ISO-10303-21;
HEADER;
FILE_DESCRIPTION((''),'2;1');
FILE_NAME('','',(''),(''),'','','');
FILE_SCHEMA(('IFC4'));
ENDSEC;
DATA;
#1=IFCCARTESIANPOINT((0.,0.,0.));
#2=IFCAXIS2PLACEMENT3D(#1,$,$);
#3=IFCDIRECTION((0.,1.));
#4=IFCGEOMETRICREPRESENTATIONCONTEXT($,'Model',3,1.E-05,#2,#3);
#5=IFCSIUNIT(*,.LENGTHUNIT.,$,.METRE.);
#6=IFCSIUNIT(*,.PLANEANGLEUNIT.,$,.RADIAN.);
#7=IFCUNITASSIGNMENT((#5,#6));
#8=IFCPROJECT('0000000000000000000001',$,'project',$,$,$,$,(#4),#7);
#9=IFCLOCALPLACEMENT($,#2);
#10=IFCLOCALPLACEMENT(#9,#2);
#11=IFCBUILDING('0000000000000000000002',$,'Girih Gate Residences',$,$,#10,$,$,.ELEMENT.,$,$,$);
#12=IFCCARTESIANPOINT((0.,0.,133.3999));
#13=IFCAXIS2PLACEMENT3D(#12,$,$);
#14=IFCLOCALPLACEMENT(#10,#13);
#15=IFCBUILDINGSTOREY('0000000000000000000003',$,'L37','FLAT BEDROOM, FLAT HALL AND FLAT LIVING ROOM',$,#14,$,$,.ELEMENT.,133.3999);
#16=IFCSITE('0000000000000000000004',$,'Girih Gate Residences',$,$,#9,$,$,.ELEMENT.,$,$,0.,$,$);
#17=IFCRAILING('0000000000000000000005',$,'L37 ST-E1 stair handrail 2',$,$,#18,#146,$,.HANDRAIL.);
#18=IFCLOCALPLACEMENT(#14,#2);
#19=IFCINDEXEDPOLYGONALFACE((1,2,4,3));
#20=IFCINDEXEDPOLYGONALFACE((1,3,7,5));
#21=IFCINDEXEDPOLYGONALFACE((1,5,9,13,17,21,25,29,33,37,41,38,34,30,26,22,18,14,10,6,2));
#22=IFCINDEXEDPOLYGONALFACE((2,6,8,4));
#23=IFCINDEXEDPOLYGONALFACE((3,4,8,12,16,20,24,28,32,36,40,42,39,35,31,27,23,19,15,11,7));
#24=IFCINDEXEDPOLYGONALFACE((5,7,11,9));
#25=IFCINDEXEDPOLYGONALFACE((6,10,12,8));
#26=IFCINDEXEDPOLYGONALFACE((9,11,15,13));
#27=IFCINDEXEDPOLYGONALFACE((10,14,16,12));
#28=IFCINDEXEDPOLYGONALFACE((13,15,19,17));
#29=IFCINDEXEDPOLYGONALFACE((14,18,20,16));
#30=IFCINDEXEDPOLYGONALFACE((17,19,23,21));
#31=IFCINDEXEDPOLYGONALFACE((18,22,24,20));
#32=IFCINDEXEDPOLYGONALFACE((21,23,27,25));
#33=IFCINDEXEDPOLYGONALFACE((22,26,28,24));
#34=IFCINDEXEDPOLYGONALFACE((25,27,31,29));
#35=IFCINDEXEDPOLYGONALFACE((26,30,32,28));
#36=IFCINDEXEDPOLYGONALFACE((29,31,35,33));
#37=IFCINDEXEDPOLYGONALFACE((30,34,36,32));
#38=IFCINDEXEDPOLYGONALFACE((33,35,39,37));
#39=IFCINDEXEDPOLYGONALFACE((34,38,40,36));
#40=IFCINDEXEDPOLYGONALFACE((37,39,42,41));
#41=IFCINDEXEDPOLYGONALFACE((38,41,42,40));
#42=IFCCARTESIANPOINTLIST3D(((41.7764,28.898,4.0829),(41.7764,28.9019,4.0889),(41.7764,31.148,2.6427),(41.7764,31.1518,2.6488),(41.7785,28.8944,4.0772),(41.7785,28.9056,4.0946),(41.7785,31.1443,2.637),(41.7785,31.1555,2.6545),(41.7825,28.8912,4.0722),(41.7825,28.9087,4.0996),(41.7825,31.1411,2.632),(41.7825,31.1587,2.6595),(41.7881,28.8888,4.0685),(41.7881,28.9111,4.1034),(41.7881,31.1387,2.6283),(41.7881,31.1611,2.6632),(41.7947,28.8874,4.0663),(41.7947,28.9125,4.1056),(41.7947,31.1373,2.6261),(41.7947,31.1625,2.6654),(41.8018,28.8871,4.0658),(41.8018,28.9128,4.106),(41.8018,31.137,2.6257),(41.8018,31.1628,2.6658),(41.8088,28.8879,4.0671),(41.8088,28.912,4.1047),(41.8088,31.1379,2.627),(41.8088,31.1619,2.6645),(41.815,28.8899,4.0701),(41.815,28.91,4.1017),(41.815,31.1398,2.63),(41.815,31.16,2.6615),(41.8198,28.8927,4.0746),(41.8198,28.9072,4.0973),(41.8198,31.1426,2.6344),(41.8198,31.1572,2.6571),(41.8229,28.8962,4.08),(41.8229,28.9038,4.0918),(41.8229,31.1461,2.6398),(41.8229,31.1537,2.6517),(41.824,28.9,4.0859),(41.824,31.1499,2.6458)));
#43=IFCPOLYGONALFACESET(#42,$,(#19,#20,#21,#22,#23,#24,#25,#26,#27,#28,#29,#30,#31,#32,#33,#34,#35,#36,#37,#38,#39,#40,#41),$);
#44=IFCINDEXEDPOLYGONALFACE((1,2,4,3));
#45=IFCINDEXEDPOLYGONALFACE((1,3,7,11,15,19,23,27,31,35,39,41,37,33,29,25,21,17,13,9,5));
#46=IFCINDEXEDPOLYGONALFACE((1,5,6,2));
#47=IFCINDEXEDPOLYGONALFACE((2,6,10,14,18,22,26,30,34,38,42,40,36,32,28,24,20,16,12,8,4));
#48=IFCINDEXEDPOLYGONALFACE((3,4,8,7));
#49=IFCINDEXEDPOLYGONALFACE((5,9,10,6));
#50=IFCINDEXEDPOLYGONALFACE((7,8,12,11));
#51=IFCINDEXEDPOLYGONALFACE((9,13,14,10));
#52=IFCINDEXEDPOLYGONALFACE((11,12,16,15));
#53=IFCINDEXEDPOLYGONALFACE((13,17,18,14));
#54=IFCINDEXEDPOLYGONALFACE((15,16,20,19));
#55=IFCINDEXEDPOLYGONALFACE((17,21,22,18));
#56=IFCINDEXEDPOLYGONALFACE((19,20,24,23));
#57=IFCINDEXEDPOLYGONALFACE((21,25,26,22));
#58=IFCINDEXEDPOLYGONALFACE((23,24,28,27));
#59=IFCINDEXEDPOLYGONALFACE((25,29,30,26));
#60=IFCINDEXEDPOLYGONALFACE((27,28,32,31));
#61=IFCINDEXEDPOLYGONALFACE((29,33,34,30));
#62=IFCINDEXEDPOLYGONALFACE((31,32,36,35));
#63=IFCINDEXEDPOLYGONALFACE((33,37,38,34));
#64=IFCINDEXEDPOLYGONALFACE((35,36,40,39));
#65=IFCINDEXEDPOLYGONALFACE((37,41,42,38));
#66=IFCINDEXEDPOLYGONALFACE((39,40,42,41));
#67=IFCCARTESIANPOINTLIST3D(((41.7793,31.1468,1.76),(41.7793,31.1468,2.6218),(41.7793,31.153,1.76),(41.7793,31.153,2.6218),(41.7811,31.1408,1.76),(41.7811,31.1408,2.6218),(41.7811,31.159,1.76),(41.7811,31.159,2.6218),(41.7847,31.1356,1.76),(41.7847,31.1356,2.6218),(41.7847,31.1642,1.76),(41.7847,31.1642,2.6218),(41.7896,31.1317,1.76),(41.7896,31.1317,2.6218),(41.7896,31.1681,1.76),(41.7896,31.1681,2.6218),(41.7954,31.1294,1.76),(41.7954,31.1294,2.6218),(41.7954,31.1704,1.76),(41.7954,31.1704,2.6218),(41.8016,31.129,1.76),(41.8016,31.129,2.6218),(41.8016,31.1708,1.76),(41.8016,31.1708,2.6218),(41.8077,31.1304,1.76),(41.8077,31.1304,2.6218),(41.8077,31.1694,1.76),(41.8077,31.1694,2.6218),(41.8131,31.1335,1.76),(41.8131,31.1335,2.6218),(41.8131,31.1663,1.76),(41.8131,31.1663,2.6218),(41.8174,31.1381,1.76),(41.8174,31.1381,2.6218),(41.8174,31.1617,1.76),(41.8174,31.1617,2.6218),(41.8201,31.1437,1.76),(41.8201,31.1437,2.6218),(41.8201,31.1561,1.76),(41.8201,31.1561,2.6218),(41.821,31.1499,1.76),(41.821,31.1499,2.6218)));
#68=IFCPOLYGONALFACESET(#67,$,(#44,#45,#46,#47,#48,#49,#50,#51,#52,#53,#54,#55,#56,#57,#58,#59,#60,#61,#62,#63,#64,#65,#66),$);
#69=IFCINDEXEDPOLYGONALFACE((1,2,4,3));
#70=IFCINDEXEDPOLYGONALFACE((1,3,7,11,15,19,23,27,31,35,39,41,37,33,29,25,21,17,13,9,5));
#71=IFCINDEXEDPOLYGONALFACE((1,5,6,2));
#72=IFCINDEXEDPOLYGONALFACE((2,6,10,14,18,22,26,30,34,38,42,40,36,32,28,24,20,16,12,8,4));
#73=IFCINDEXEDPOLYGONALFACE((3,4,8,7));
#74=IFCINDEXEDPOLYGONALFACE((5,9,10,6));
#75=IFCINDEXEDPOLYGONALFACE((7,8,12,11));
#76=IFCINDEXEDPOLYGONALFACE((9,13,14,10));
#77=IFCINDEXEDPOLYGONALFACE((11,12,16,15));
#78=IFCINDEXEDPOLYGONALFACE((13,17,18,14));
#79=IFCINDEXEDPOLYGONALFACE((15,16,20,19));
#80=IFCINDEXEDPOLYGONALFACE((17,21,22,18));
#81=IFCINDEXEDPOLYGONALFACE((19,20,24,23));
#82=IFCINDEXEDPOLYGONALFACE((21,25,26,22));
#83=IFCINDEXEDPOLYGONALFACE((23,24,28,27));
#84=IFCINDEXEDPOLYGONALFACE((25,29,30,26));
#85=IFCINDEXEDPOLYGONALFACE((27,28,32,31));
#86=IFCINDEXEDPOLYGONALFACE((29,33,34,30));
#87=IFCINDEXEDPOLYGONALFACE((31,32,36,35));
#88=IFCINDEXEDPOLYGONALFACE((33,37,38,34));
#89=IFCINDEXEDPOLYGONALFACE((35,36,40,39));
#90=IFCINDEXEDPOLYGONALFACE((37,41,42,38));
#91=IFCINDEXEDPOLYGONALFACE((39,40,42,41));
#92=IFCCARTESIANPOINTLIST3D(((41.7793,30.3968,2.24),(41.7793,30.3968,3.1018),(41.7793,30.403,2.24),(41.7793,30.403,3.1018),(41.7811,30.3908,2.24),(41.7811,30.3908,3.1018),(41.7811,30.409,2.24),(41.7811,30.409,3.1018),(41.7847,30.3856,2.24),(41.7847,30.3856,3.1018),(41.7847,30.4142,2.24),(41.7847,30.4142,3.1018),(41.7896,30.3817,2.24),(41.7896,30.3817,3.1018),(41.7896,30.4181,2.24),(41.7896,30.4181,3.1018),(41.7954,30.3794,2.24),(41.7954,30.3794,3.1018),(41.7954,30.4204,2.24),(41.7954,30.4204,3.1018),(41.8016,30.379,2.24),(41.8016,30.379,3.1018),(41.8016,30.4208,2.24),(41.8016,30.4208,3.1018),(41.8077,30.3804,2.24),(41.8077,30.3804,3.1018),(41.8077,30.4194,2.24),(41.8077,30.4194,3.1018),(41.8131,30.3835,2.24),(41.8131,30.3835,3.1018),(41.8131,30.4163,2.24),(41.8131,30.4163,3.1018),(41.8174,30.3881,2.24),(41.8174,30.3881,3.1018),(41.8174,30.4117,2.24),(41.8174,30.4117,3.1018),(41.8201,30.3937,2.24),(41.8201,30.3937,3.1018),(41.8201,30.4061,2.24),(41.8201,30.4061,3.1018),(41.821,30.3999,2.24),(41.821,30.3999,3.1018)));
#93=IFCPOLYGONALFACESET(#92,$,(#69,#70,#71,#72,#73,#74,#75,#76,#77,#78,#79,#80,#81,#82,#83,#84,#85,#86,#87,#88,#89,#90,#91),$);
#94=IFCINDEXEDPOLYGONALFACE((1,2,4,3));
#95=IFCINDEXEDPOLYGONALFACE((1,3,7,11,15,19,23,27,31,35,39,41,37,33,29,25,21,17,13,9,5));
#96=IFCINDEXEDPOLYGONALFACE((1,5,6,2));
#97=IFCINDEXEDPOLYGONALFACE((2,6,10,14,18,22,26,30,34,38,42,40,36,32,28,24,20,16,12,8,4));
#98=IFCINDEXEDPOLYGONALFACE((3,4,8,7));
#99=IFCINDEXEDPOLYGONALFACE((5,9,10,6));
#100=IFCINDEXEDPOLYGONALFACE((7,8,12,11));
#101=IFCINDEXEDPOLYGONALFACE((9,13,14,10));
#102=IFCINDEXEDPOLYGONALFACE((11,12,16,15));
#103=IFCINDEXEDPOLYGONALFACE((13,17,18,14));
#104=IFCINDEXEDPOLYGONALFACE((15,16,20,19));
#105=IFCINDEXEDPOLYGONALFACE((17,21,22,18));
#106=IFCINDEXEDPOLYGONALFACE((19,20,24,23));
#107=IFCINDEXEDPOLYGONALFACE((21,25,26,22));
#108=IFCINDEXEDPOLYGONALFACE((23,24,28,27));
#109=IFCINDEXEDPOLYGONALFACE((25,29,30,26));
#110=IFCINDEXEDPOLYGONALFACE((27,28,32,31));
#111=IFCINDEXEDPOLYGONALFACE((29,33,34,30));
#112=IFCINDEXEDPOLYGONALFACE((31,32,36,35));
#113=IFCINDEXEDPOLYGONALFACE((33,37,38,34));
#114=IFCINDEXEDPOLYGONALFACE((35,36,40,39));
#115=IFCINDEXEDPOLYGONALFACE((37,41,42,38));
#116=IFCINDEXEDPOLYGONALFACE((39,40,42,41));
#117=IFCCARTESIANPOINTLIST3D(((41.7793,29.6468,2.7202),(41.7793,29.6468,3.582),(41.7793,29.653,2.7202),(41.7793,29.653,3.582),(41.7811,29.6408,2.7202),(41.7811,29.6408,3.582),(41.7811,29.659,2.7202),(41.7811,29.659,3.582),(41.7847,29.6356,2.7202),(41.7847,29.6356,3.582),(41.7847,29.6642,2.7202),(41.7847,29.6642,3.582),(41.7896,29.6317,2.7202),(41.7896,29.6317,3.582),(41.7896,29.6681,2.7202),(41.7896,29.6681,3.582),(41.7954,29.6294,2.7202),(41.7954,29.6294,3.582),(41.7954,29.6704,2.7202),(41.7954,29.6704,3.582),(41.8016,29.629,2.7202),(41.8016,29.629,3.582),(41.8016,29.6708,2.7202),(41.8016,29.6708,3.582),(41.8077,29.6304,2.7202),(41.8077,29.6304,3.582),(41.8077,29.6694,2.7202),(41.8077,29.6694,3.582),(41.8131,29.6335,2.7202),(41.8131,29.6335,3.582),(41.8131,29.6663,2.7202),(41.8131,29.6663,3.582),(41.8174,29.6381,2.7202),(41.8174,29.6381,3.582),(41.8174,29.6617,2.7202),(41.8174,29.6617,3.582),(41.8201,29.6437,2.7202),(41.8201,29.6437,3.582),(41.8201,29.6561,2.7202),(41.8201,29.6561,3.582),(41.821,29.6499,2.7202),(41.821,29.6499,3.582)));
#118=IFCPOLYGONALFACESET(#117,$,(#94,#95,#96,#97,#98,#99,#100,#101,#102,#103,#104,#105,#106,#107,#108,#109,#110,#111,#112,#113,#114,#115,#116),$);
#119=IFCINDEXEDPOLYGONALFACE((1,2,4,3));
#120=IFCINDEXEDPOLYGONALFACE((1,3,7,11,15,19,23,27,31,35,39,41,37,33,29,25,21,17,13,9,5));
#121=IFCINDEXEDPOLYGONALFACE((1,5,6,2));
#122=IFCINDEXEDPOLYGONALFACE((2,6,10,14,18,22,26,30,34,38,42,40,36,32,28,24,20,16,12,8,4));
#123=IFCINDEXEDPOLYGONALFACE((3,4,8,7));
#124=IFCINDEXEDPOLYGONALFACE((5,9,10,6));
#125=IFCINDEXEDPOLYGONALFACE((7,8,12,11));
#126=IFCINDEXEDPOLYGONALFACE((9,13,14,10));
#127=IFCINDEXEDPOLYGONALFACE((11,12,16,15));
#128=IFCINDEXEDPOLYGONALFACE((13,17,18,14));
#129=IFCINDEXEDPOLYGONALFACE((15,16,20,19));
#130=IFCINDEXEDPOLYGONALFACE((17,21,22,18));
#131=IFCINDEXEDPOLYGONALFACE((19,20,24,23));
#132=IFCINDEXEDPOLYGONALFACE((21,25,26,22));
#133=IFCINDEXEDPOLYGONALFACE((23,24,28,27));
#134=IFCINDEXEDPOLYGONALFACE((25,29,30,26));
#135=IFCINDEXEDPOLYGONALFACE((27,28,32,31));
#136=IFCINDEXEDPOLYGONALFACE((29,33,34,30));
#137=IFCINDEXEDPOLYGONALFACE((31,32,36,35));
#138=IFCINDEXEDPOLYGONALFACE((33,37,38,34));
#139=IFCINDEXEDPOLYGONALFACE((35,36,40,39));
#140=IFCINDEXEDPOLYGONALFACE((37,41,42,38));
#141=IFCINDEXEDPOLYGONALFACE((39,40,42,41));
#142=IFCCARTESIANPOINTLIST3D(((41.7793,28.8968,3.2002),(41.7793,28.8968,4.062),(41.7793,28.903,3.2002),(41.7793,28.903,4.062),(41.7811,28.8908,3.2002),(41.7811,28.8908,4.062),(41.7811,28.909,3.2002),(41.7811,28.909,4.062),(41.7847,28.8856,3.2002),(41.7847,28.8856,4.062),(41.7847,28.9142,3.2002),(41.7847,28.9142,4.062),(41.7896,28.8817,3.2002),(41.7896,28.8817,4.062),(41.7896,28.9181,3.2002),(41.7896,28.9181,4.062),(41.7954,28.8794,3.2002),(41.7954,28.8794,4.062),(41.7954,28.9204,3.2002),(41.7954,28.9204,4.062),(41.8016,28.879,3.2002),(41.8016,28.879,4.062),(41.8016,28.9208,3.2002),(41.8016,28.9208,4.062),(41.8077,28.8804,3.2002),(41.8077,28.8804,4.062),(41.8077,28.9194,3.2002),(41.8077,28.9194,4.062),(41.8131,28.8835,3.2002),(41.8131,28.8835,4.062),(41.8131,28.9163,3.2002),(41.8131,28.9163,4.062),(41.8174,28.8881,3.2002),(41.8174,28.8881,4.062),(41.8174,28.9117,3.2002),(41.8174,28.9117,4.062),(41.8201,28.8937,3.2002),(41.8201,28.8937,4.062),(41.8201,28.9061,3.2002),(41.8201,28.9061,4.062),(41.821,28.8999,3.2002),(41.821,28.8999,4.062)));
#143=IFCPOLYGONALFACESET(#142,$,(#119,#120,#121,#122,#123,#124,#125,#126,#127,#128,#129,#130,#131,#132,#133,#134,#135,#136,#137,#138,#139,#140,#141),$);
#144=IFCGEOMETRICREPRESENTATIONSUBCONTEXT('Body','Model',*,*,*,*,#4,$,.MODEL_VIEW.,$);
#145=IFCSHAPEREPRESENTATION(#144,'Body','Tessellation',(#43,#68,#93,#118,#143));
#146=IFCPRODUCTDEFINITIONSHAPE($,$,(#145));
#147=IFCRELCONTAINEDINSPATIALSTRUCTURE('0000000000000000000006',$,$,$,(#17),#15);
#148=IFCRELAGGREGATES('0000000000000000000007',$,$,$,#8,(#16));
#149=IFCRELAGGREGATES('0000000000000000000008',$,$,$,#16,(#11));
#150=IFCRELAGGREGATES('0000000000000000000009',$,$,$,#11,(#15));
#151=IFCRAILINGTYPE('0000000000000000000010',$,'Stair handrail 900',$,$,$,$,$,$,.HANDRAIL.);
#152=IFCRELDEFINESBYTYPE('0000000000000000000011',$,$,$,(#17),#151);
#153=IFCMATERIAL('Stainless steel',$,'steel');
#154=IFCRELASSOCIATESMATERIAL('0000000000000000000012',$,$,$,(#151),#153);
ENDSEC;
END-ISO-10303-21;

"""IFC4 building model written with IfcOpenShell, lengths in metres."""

from ifc_helpers import new_model, si_unit, direction, frame, origin, origin_2d, place, context, subcontext, project, spatial, circle, extrude, material, type_object, element, save


model = new_model("IFC4")

# Units and contexts
model_context = context("Model", 3, precision=1e-05, world=origin(), true_north=direction((0.0, 1.0)))
body_context = subcontext(model_context, "Body", "Model", "MODEL_VIEW")
ifc_project = project(units=[si_unit("LENGTHUNIT", "METRE"), si_unit("PLANEANGLEUNIT", "RADIAN")], contexts=[model_context])

# Site, building, storey
site_placement = place(None, origin())
site = spatial("IfcSite", under=ifc_project, at=site_placement, Name="Girih Gate Residences", CompositionType="ELEMENT", RefElevation=0.0)
building_placement = place(site_placement, origin())
building = spatial("IfcBuilding", under=site, at=building_placement, Name="Girih Gate Residences", CompositionType="ELEMENT")
storey_placement = place(building_placement, frame((0.0, 0.0, 133.3999)))
storey = spatial("IfcBuildingStorey", under=building, at=storey_placement, Name="L37", Description="FLAT BEDROOM, FLAT HALL AND FLAT LIVING ROOM", CompositionType="ELEMENT", Elevation=133.3999)

# Railing
ifc_material_1 = material(Name="Stainless steel", Category="steel")
railing_type_1 = type_object("IfcRailingType", Name="Stair handrail 900", PredefinedType="HANDRAIL", material=ifc_material_1)
railing_1_placement = place(storey_placement, frame((41.8, 31.1499, 1.76)))
element("IfcRailing", 1, at=railing_1_placement, inside=storey, type_object=railing_type_1, Name="L37 ST-E1 stair handrail 2", PredefinedType="HANDRAIL", context=body_context, shape_type="SweptSolid", body=[
    extrude(circle(Radius=0.0239, at=origin_2d()), frame((0.0, 0.0, 0.8857), z_axis=(0.0, -0.84224, 0.539103), x_axis=(1.0, 0.0, 0.0)), (0.0, 0.0, 1.0), 2.6714),
    extrude(circle(Radius=0.021, at=origin_2d()), origin(), (0.0, 0.0, 1.0), 0.8618),
    extrude(circle(Radius=0.021, at=origin_2d()), frame((0.0, -0.75, 0.48)), (0.0, 0.0, 1.0), 0.8618),
    extrude(circle(Radius=0.021, at=origin_2d()), frame((0.0, -1.5, 0.9602)), (0.0, 0.0, 1.0), 0.8618),
    extrude(circle(Radius=0.021, at=origin_2d()), frame((0.0, -2.25, 1.4402)), (0.0, 0.0, 1.0), 0.8618),
])

save(model, "model.ifc")
